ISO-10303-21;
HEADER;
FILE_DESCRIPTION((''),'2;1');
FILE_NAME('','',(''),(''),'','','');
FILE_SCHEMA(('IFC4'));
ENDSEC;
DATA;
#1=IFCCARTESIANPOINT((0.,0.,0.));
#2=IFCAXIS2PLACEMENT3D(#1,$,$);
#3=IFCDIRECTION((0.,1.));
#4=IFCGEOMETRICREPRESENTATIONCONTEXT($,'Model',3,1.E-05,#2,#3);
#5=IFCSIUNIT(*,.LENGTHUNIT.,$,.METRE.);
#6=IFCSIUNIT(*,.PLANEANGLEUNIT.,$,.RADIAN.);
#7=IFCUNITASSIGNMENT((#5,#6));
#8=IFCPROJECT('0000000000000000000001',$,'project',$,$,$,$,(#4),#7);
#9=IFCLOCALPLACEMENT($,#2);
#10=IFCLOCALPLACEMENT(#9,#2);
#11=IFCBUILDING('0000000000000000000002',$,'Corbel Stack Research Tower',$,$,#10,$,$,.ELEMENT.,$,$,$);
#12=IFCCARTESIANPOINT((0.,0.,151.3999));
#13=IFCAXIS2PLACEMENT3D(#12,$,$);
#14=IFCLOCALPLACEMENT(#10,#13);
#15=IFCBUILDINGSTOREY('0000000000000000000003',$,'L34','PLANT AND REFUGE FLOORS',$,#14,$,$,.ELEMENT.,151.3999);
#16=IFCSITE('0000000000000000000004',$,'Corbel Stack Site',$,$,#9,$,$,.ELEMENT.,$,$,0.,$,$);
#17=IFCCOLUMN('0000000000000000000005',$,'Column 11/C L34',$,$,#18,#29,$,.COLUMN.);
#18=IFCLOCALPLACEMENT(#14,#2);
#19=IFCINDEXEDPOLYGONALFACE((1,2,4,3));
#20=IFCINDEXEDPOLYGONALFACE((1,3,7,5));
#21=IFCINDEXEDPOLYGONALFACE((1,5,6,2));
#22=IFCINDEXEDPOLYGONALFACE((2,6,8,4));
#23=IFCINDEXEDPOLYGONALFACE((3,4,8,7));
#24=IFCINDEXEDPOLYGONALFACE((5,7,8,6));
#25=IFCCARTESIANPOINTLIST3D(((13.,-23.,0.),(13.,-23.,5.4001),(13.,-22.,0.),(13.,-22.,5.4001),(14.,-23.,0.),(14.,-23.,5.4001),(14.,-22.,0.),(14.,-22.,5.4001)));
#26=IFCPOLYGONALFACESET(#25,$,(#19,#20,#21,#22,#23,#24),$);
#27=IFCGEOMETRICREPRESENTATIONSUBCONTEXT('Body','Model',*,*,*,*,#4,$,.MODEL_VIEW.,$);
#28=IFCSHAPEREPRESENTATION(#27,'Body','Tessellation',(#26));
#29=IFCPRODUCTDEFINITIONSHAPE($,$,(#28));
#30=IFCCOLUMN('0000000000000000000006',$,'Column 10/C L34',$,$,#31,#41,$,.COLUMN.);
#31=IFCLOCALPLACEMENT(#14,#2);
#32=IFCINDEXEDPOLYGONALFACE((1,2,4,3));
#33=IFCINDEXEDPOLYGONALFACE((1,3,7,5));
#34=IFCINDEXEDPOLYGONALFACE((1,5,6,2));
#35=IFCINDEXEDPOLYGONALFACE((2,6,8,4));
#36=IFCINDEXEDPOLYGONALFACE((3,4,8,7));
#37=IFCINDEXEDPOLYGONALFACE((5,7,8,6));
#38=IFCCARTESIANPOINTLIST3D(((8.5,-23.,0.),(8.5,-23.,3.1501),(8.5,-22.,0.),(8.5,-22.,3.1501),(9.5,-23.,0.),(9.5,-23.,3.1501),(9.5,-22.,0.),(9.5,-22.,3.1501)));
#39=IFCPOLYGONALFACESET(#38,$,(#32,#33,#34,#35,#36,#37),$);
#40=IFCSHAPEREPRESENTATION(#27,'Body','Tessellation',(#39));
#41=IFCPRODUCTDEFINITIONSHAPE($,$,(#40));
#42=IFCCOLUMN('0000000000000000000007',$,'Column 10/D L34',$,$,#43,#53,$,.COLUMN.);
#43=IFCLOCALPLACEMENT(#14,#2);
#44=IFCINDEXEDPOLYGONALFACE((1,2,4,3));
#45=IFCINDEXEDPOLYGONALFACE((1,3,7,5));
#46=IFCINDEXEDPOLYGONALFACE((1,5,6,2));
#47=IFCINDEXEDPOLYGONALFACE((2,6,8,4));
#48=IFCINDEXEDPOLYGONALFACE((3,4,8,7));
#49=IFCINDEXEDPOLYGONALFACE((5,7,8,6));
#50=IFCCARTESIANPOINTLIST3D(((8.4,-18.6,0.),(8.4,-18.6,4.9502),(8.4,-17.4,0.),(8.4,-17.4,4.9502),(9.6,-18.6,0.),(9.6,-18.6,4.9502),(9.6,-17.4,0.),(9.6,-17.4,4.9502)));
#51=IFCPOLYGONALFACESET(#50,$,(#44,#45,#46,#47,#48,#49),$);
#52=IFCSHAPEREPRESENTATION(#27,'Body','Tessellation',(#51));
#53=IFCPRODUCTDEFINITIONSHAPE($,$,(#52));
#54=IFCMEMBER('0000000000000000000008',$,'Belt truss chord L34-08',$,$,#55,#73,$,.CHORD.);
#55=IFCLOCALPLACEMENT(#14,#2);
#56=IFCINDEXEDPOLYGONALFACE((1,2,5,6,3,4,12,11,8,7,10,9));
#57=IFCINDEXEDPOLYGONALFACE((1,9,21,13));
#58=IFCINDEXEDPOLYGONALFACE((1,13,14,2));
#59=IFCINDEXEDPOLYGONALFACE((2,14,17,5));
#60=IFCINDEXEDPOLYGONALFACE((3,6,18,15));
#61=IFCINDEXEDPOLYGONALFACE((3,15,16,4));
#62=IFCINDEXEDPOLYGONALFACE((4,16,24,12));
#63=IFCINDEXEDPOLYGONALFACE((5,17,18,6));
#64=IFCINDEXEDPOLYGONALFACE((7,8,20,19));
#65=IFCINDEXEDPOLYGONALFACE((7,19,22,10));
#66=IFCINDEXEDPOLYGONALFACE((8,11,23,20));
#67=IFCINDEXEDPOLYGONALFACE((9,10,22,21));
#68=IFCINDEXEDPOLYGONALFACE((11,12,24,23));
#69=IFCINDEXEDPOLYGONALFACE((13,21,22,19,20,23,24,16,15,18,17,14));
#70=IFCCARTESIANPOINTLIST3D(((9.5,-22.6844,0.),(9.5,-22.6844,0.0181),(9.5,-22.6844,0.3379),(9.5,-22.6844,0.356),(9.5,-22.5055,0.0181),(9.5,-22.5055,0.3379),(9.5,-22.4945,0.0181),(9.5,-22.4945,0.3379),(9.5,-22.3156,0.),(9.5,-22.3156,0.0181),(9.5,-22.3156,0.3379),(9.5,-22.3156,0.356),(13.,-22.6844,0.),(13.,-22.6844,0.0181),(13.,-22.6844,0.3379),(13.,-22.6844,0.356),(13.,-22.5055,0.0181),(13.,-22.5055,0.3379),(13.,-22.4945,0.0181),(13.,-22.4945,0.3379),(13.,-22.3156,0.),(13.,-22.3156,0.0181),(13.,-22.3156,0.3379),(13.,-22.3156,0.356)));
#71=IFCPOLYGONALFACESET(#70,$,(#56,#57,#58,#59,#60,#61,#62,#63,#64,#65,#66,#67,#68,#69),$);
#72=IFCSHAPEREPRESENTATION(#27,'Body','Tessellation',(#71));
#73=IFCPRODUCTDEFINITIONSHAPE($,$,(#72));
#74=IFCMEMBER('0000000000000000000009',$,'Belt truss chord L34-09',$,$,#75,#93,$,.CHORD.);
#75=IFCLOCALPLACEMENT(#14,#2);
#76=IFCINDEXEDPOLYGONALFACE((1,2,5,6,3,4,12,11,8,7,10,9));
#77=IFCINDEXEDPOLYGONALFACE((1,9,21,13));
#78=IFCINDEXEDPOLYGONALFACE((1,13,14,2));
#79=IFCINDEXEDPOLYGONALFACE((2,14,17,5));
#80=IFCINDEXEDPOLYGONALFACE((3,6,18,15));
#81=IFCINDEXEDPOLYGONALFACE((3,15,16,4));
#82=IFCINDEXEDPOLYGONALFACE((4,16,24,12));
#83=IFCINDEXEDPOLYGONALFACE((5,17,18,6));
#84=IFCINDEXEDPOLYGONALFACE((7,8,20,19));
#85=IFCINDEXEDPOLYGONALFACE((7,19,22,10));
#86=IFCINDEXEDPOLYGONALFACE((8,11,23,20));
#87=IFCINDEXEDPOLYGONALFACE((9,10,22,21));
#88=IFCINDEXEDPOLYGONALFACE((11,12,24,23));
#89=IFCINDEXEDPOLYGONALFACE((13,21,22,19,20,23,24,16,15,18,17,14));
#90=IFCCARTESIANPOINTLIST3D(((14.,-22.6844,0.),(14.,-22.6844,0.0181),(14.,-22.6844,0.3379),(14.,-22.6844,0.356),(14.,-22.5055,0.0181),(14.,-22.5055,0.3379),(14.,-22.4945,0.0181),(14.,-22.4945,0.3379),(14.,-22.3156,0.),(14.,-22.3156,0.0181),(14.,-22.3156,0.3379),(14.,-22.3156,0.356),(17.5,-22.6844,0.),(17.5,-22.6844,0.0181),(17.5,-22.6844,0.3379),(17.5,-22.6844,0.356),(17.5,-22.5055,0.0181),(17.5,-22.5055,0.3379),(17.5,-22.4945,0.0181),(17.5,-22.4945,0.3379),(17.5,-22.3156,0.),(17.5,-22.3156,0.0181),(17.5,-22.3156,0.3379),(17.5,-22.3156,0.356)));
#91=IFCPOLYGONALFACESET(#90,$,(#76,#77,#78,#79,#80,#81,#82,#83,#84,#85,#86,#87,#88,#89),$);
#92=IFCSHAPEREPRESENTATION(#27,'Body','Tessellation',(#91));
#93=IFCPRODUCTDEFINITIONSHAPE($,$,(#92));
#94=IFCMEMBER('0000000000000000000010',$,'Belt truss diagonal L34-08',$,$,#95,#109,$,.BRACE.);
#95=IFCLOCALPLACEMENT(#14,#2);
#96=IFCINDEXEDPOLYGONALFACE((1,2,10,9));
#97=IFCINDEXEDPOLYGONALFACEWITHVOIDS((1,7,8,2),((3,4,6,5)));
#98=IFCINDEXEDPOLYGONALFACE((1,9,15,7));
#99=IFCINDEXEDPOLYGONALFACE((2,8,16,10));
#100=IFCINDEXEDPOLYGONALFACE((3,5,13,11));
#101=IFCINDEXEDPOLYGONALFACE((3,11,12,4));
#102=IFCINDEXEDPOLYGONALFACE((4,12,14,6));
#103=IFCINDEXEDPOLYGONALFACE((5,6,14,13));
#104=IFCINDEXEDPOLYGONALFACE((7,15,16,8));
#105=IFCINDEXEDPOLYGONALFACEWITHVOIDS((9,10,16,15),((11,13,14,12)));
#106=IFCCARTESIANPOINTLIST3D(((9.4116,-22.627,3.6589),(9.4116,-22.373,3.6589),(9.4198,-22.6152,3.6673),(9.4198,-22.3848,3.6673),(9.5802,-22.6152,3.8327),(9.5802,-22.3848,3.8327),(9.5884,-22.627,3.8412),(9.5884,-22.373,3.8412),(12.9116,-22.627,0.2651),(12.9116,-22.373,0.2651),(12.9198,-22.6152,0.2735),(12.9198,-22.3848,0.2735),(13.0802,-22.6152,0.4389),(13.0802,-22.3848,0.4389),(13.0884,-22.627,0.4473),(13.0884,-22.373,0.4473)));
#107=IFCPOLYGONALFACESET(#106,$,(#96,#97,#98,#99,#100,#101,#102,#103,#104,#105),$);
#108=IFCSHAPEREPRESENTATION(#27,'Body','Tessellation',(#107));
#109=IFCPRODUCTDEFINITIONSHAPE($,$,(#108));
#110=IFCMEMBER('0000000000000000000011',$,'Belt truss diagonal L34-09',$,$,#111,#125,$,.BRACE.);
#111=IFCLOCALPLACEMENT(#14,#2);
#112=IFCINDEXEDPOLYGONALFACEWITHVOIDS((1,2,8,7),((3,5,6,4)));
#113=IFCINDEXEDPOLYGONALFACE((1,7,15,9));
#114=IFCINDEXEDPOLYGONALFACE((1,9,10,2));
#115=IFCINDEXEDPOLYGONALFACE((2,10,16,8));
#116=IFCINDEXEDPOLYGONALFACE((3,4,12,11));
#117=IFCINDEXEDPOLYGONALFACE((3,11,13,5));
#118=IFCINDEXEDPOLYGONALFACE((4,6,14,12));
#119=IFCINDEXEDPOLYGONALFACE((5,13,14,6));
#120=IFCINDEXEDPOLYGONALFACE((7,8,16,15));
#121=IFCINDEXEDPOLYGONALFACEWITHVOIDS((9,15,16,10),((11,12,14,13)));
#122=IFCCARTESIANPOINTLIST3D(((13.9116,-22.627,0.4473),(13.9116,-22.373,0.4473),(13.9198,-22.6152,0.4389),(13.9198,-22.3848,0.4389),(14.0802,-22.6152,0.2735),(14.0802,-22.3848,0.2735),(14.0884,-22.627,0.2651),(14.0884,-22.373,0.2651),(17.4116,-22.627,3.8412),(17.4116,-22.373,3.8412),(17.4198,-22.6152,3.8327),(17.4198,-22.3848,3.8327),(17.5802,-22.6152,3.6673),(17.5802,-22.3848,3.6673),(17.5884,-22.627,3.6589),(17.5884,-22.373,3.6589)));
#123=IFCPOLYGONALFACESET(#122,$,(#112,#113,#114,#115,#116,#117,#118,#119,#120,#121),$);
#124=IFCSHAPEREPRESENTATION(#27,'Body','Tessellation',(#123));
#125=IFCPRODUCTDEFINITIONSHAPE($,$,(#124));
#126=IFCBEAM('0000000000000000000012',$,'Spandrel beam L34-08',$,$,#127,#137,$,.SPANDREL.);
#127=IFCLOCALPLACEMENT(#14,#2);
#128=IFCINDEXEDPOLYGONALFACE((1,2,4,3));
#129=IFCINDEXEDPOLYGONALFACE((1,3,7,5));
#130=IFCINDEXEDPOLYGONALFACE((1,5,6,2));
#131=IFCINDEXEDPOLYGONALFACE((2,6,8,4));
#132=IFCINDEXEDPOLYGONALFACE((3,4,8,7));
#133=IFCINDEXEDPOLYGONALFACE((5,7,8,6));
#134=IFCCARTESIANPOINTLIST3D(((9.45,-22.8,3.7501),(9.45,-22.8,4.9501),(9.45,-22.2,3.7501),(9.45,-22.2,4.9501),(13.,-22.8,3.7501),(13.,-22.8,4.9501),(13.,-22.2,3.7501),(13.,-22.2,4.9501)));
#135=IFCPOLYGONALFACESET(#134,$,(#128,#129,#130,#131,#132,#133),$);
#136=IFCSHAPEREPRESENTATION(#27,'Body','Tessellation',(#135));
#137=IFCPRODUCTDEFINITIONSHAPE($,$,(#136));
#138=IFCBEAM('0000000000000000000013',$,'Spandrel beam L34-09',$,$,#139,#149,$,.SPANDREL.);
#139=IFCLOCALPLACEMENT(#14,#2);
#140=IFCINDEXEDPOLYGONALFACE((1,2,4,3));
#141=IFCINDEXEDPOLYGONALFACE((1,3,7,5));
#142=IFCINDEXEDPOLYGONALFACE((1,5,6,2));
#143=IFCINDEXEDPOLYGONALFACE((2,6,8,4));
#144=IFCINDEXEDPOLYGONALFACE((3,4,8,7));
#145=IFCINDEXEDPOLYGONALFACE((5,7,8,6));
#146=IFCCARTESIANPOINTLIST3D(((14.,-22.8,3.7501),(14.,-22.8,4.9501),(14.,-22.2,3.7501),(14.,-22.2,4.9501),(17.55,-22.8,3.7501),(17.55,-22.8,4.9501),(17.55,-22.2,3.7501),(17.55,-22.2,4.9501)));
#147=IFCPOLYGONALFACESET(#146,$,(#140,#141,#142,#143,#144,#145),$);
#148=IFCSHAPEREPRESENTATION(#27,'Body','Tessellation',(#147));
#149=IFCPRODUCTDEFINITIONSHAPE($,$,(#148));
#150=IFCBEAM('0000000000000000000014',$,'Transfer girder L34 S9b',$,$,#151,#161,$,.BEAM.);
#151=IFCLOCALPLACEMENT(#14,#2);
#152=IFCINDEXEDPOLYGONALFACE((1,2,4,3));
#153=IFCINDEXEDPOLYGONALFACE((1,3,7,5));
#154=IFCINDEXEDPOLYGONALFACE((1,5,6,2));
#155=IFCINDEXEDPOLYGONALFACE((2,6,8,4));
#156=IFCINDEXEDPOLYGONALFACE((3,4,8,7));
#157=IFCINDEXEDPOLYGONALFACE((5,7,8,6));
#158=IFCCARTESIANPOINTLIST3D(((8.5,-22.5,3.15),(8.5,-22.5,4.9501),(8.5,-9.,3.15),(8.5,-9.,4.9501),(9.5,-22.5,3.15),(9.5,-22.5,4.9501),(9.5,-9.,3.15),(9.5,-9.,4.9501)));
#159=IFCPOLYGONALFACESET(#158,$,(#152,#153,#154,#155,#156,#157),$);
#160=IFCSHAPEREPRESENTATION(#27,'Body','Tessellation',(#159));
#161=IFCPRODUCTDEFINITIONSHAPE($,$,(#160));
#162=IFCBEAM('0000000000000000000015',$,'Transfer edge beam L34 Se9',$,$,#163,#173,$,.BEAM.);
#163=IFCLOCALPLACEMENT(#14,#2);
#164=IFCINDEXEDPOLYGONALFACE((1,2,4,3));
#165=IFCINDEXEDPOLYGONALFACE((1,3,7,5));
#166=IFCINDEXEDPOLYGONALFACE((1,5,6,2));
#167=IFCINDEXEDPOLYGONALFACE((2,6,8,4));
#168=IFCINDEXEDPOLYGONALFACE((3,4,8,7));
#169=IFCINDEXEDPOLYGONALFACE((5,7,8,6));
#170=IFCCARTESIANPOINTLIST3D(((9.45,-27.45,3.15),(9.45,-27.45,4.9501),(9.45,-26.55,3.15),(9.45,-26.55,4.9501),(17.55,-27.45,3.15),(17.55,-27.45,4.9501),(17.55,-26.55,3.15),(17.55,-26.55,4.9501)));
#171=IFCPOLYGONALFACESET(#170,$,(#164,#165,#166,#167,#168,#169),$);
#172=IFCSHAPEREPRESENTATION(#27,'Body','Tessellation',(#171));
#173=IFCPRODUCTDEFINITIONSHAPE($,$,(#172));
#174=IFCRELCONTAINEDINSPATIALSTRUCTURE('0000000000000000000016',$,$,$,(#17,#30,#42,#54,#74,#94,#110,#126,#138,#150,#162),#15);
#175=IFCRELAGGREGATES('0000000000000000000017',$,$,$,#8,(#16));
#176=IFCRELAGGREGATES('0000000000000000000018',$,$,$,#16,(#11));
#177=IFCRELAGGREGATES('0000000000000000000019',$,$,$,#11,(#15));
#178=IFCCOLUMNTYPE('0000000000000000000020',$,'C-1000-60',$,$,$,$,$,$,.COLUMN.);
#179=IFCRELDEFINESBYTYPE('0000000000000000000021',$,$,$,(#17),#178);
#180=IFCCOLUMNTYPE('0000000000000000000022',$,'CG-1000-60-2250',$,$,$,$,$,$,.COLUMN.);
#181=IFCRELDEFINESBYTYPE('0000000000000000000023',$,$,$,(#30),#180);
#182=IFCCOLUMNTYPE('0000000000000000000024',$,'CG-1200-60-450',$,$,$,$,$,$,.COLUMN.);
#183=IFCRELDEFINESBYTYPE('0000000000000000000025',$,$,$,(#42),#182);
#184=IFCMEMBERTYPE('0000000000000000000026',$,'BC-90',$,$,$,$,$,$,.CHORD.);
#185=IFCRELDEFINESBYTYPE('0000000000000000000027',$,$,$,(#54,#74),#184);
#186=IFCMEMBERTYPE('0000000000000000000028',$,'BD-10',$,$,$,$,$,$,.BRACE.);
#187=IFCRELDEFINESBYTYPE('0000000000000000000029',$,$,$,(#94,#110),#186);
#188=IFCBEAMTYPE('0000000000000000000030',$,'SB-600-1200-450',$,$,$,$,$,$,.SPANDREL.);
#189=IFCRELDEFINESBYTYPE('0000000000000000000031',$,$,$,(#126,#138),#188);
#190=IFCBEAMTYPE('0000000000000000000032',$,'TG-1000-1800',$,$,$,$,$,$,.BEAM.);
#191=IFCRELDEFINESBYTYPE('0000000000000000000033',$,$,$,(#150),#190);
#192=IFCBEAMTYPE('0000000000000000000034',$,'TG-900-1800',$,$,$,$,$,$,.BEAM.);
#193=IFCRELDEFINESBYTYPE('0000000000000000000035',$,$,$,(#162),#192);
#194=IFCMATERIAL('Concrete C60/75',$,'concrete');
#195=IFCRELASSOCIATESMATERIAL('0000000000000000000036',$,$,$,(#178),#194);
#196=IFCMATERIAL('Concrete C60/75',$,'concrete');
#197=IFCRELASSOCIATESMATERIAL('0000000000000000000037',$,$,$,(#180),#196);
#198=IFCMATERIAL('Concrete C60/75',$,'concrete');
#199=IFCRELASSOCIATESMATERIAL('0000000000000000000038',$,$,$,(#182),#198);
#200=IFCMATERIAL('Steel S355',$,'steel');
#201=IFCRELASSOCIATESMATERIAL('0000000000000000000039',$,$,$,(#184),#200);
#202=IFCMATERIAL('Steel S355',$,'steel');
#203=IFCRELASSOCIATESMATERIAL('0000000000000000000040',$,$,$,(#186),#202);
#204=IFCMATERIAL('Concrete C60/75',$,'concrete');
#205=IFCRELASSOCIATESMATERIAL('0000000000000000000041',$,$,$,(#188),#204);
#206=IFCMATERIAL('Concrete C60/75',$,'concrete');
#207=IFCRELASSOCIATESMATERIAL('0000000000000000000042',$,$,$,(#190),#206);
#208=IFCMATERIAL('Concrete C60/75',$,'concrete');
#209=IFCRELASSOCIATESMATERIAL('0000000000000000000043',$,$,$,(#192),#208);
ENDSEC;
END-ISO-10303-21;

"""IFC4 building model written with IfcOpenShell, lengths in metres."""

from ifc_helpers import new_model, si_unit, direction, frame, origin, origin_2d, place, context, subcontext, project, spatial, rectangle, hollow_rectangle, i_section, extrude, material, material_profile, profile_set, type_object, element, save


model = new_model("IFC4")

# Units and contexts
model_context = context("Model", 3, precision=1e-05, world=origin(), true_north=direction((0.0, 1.0)))
body_context = subcontext(model_context, "Body", "Model", "MODEL_VIEW")
ifc_project = project(units=[si_unit("LENGTHUNIT", "METRE"), si_unit("PLANEANGLEUNIT", "RADIAN")], contexts=[model_context])

# Site, building, storey
site_placement = place(None, origin())
site = spatial("IfcSite", under=ifc_project, at=site_placement, Name="Corbel Stack Site", CompositionType="ELEMENT", RefElevation=0.0)
building_placement = place(site_placement, origin())
building = spatial("IfcBuilding", under=site, at=building_placement, Name="Corbel Stack Research Tower", CompositionType="ELEMENT")
storey_placement = place(building_placement, frame((0.0, 0.0, 151.3999)))
storey = spatial("IfcBuildingStorey", under=building, at=storey_placement, Name="L34", Description="PLANT AND REFUGE FLOORS", CompositionType="ELEMENT", Elevation=151.3999)

# Columns
ifc_material_1 = material(Name="Concrete C60/75", Category="concrete")
ifc_material_profile_1 = material_profile(ifc_material_1, rectangle(XDim=1.0, YDim=1.0, at=origin_2d()), Name="RC 1000 x 1000")
ifc_profile_set_1 = profile_set([ifc_material_profile_1], Name="Concrete C60/75")
column_type_1 = type_object("IfcColumnType", Name="C-1000-60", PredefinedType="COLUMN", material=ifc_profile_set_1)
column_1_placement = place(storey_placement, frame((13.5, -22.5, 0.0), z_axis=(0.0, 0.0, 1.0), x_axis=(1.0, 0.0, 0.0)))
element("IfcColumn", 1, at=column_1_placement, inside=storey, type_object=column_type_1, Name="Column 11/C L34", PredefinedType="COLUMN", context=body_context, shape_type="SweptSolid", body=[
    extrude(rectangle(XDim=1.0, YDim=1.0, at=origin_2d()), origin(), (0.0, 0.0, 1.0), 5.4001),
])
ifc_material_2 = material(Name="Concrete C60/75", Category="concrete")
ifc_material_profile_2 = material_profile(ifc_material_2, rectangle(XDim=1.0, YDim=1.0, at=origin_2d()), Name="RC 1000 x 1000")
ifc_profile_set_2 = profile_set([ifc_material_profile_2], Name="Concrete C60/75")
column_type_2 = type_object("IfcColumnType", Name="CG-1000-60-2250", PredefinedType="COLUMN", material=ifc_profile_set_2)
column_2_placement = place(storey_placement, frame((9.0, -22.5, 0.0), z_axis=(0.0, 0.0, 1.0), x_axis=(1.0, 0.0, 0.0)))
element("IfcColumn", 2, at=column_2_placement, inside=storey, type_object=column_type_2, Name="Column 10/C L34", PredefinedType="COLUMN", context=body_context, shape_type="SweptSolid", body=[
    extrude(rectangle(XDim=1.0, YDim=1.0, at=origin_2d()), origin(), (0.0, 0.0, 1.0), 3.1501),
])
ifc_material_3 = material(Name="Concrete C60/75", Category="concrete")
ifc_material_profile_3 = material_profile(ifc_material_3, rectangle(XDim=1.2, YDim=1.2, at=origin_2d()), Name="RC 1200 x 1200")
ifc_profile_set_3 = profile_set([ifc_material_profile_3], Name="Concrete C60/75")
column_type_3 = type_object("IfcColumnType", Name="CG-1200-60-450", PredefinedType="COLUMN", material=ifc_profile_set_3)
column_3_placement = place(storey_placement, frame((9.0, -18.0, 0.0), z_axis=(0.0, 0.0, 1.0), x_axis=(1.0, 0.0, 0.0)))
element("IfcColumn", 3, at=column_3_placement, inside=storey, type_object=column_type_3, Name="Column 10/D L34", PredefinedType="COLUMN", context=body_context, shape_type="SweptSolid", body=[
    extrude(rectangle(XDim=1.2, YDim=1.2, at=origin_2d()), origin(), (0.0, 0.0, 1.0), 4.9502),
])

# Members
ifc_material_4 = material(Name="Steel S355", Category="steel")
ifc_material_profile_4 = material_profile(ifc_material_4, i_section(OverallWidth=0.3689, OverallDepth=0.356, WebThickness=0.011, FlangeThickness=0.0181, at=origin_2d()), Name="W14x90")
ifc_profile_set_4 = profile_set([ifc_material_profile_4], Name="Steel S355")
member_type_1 = type_object("IfcMemberType", Name="BC-90", PredefinedType="CHORD", material=ifc_profile_set_4)
for number, where, z_axis, x_axis, name in (
    (4, (9.5, -22.5, 0.178), (1.0, 0.0, 0.0), (0.0, 1.0, 0.0), "Belt truss chord L34-08"),
    (5, (14.0, -22.5, 0.178), (1.0, 0.0, 0.0), (0.0, 1.0, 0.0), "Belt truss chord L34-09"),
):
    element("IfcMember", number, at=place(storey_placement, frame(where, z_axis=z_axis, x_axis=x_axis)), inside=storey, type_object=member_type_1, Name=name, PredefinedType="CHORD", context=body_context, shape_type="SweptSolid", body=[
        extrude(i_section(OverallWidth=0.3689, OverallDepth=0.356, WebThickness=0.011, FlangeThickness=0.0181, at=origin_2d()), origin(), (0.0, 0.0, 1.0), 3.5),
    ])
ifc_material_5 = material(Name="Steel S355", Category="steel")
ifc_material_profile_5 = material_profile(ifc_material_5, hollow_rectangle(XDim=0.2539, YDim=0.2539, WallThickness=0.0117, at=origin_2d()), Name="HSS10x10x1/2")
ifc_profile_set_5 = profile_set([ifc_material_profile_5], Name="Steel S355")
member_type_2 = type_object("IfcMemberType", Name="BD-10", PredefinedType="BRACE", material=ifc_profile_set_5)
for number, where, z_axis, x_axis, name in (
    (6, (13.0, -22.5, 0.3562), (-0.717915, 0.0, 0.696131), (0.0, -1.0, 0.0), "Belt truss diagonal L34-08"),
    (7, (14.0, -22.5, 0.3562), (0.717915, 0.0, 0.696131), (0.0, 1.0, 0.0), "Belt truss diagonal L34-09"),
):
    element("IfcMember", number, at=place(storey_placement, frame(where, z_axis=z_axis, x_axis=x_axis)), inside=storey, type_object=member_type_2, Name=name, PredefinedType="BRACE", context=body_context, shape_type="SweptSolid", body=[
        extrude(hollow_rectangle(XDim=0.2539, YDim=0.2539, WallThickness=0.0117, at=origin_2d()), origin(), (0.0, 0.0, 1.0), 4.8752),
    ])

# Beams
ifc_material_6 = material(Name="Concrete C60/75", Category="concrete")
ifc_material_profile_6 = material_profile(ifc_material_6, rectangle(XDim=0.6001, YDim=1.2, at=origin_2d()), Name="RC 600 x 1200")
ifc_profile_set_6 = profile_set([ifc_material_profile_6], Name="Concrete C60/75")
beam_type_1 = type_object("IfcBeamType", Name="SB-600-1200-450", PredefinedType="SPANDREL", material=ifc_profile_set_6)
for number, where, z_axis, x_axis, name in (
    (8, (9.45, -22.5, 4.3501), (1.0, 0.0, 0.0), (0.0, 1.0, 0.0), "Spandrel beam L34-08"),
    (9, (14.0, -22.5, 4.3501), (1.0, 0.0, 0.0), (0.0, 1.0, 0.0), "Spandrel beam L34-09"),
):
    element("IfcBeam", number, at=place(storey_placement, frame(where, z_axis=z_axis, x_axis=x_axis)), inside=storey, type_object=beam_type_1, Name=name, PredefinedType="SPANDREL", context=body_context, shape_type="SweptSolid", body=[
        extrude(rectangle(XDim=0.6001, YDim=1.2, at=origin_2d()), origin(), (0.0, 0.0, 1.0), 3.55),
    ])
ifc_material_7 = material(Name="Concrete C60/75", Category="concrete")
ifc_material_profile_7 = material_profile(ifc_material_7, rectangle(XDim=1.0, YDim=1.8, at=origin_2d()), Name="RC 1000 x 1800")
ifc_profile_set_7 = profile_set([ifc_material_profile_7], Name="Concrete C60/75")
beam_type_2 = type_object("IfcBeamType", Name="TG-1000-1800", PredefinedType="BEAM", material=ifc_profile_set_7)
beam_1_placement = place(storey_placement, frame((9.0, -22.5, 4.05), z_axis=(0.0, 1.0, 0.0), x_axis=(-1.0, 0.0, 0.0)))
element("IfcBeam", 10, at=beam_1_placement, inside=storey, type_object=beam_type_2, Name="Transfer girder L34 S9b", PredefinedType="BEAM", context=body_context, shape_type="SweptSolid", body=[
    extrude(rectangle(XDim=1.0, YDim=1.8, at=origin_2d()), origin(), (0.0, 0.0, 1.0), 13.5),
])
ifc_material_8 = material(Name="Concrete C60/75", Category="concrete")
ifc_material_profile_8 = material_profile(ifc_material_8, rectangle(XDim=0.8999, YDim=1.8, at=origin_2d()), Name="RC 900 x 1800")
ifc_profile_set_8 = profile_set([ifc_material_profile_8], Name="Concrete C60/75")
beam_type_3 = type_object("IfcBeamType", Name="TG-900-1800", PredefinedType="BEAM", material=ifc_profile_set_8)
beam_2_placement = place(storey_placement, frame((9.45, -27.0, 4.05), z_axis=(1.0, 0.0, 0.0), x_axis=(0.0, 1.0, 0.0)))
element("IfcBeam", 11, at=beam_2_placement, inside=storey, type_object=beam_type_3, Name="Transfer edge beam L34 Se9", PredefinedType="BEAM", context=body_context, shape_type="SweptSolid", body=[
    extrude(rectangle(XDim=0.8999, YDim=1.8, at=origin_2d()), origin(), (0.0, 0.0, 1.0), 8.1001),
])

save(model, "model.ifc")
